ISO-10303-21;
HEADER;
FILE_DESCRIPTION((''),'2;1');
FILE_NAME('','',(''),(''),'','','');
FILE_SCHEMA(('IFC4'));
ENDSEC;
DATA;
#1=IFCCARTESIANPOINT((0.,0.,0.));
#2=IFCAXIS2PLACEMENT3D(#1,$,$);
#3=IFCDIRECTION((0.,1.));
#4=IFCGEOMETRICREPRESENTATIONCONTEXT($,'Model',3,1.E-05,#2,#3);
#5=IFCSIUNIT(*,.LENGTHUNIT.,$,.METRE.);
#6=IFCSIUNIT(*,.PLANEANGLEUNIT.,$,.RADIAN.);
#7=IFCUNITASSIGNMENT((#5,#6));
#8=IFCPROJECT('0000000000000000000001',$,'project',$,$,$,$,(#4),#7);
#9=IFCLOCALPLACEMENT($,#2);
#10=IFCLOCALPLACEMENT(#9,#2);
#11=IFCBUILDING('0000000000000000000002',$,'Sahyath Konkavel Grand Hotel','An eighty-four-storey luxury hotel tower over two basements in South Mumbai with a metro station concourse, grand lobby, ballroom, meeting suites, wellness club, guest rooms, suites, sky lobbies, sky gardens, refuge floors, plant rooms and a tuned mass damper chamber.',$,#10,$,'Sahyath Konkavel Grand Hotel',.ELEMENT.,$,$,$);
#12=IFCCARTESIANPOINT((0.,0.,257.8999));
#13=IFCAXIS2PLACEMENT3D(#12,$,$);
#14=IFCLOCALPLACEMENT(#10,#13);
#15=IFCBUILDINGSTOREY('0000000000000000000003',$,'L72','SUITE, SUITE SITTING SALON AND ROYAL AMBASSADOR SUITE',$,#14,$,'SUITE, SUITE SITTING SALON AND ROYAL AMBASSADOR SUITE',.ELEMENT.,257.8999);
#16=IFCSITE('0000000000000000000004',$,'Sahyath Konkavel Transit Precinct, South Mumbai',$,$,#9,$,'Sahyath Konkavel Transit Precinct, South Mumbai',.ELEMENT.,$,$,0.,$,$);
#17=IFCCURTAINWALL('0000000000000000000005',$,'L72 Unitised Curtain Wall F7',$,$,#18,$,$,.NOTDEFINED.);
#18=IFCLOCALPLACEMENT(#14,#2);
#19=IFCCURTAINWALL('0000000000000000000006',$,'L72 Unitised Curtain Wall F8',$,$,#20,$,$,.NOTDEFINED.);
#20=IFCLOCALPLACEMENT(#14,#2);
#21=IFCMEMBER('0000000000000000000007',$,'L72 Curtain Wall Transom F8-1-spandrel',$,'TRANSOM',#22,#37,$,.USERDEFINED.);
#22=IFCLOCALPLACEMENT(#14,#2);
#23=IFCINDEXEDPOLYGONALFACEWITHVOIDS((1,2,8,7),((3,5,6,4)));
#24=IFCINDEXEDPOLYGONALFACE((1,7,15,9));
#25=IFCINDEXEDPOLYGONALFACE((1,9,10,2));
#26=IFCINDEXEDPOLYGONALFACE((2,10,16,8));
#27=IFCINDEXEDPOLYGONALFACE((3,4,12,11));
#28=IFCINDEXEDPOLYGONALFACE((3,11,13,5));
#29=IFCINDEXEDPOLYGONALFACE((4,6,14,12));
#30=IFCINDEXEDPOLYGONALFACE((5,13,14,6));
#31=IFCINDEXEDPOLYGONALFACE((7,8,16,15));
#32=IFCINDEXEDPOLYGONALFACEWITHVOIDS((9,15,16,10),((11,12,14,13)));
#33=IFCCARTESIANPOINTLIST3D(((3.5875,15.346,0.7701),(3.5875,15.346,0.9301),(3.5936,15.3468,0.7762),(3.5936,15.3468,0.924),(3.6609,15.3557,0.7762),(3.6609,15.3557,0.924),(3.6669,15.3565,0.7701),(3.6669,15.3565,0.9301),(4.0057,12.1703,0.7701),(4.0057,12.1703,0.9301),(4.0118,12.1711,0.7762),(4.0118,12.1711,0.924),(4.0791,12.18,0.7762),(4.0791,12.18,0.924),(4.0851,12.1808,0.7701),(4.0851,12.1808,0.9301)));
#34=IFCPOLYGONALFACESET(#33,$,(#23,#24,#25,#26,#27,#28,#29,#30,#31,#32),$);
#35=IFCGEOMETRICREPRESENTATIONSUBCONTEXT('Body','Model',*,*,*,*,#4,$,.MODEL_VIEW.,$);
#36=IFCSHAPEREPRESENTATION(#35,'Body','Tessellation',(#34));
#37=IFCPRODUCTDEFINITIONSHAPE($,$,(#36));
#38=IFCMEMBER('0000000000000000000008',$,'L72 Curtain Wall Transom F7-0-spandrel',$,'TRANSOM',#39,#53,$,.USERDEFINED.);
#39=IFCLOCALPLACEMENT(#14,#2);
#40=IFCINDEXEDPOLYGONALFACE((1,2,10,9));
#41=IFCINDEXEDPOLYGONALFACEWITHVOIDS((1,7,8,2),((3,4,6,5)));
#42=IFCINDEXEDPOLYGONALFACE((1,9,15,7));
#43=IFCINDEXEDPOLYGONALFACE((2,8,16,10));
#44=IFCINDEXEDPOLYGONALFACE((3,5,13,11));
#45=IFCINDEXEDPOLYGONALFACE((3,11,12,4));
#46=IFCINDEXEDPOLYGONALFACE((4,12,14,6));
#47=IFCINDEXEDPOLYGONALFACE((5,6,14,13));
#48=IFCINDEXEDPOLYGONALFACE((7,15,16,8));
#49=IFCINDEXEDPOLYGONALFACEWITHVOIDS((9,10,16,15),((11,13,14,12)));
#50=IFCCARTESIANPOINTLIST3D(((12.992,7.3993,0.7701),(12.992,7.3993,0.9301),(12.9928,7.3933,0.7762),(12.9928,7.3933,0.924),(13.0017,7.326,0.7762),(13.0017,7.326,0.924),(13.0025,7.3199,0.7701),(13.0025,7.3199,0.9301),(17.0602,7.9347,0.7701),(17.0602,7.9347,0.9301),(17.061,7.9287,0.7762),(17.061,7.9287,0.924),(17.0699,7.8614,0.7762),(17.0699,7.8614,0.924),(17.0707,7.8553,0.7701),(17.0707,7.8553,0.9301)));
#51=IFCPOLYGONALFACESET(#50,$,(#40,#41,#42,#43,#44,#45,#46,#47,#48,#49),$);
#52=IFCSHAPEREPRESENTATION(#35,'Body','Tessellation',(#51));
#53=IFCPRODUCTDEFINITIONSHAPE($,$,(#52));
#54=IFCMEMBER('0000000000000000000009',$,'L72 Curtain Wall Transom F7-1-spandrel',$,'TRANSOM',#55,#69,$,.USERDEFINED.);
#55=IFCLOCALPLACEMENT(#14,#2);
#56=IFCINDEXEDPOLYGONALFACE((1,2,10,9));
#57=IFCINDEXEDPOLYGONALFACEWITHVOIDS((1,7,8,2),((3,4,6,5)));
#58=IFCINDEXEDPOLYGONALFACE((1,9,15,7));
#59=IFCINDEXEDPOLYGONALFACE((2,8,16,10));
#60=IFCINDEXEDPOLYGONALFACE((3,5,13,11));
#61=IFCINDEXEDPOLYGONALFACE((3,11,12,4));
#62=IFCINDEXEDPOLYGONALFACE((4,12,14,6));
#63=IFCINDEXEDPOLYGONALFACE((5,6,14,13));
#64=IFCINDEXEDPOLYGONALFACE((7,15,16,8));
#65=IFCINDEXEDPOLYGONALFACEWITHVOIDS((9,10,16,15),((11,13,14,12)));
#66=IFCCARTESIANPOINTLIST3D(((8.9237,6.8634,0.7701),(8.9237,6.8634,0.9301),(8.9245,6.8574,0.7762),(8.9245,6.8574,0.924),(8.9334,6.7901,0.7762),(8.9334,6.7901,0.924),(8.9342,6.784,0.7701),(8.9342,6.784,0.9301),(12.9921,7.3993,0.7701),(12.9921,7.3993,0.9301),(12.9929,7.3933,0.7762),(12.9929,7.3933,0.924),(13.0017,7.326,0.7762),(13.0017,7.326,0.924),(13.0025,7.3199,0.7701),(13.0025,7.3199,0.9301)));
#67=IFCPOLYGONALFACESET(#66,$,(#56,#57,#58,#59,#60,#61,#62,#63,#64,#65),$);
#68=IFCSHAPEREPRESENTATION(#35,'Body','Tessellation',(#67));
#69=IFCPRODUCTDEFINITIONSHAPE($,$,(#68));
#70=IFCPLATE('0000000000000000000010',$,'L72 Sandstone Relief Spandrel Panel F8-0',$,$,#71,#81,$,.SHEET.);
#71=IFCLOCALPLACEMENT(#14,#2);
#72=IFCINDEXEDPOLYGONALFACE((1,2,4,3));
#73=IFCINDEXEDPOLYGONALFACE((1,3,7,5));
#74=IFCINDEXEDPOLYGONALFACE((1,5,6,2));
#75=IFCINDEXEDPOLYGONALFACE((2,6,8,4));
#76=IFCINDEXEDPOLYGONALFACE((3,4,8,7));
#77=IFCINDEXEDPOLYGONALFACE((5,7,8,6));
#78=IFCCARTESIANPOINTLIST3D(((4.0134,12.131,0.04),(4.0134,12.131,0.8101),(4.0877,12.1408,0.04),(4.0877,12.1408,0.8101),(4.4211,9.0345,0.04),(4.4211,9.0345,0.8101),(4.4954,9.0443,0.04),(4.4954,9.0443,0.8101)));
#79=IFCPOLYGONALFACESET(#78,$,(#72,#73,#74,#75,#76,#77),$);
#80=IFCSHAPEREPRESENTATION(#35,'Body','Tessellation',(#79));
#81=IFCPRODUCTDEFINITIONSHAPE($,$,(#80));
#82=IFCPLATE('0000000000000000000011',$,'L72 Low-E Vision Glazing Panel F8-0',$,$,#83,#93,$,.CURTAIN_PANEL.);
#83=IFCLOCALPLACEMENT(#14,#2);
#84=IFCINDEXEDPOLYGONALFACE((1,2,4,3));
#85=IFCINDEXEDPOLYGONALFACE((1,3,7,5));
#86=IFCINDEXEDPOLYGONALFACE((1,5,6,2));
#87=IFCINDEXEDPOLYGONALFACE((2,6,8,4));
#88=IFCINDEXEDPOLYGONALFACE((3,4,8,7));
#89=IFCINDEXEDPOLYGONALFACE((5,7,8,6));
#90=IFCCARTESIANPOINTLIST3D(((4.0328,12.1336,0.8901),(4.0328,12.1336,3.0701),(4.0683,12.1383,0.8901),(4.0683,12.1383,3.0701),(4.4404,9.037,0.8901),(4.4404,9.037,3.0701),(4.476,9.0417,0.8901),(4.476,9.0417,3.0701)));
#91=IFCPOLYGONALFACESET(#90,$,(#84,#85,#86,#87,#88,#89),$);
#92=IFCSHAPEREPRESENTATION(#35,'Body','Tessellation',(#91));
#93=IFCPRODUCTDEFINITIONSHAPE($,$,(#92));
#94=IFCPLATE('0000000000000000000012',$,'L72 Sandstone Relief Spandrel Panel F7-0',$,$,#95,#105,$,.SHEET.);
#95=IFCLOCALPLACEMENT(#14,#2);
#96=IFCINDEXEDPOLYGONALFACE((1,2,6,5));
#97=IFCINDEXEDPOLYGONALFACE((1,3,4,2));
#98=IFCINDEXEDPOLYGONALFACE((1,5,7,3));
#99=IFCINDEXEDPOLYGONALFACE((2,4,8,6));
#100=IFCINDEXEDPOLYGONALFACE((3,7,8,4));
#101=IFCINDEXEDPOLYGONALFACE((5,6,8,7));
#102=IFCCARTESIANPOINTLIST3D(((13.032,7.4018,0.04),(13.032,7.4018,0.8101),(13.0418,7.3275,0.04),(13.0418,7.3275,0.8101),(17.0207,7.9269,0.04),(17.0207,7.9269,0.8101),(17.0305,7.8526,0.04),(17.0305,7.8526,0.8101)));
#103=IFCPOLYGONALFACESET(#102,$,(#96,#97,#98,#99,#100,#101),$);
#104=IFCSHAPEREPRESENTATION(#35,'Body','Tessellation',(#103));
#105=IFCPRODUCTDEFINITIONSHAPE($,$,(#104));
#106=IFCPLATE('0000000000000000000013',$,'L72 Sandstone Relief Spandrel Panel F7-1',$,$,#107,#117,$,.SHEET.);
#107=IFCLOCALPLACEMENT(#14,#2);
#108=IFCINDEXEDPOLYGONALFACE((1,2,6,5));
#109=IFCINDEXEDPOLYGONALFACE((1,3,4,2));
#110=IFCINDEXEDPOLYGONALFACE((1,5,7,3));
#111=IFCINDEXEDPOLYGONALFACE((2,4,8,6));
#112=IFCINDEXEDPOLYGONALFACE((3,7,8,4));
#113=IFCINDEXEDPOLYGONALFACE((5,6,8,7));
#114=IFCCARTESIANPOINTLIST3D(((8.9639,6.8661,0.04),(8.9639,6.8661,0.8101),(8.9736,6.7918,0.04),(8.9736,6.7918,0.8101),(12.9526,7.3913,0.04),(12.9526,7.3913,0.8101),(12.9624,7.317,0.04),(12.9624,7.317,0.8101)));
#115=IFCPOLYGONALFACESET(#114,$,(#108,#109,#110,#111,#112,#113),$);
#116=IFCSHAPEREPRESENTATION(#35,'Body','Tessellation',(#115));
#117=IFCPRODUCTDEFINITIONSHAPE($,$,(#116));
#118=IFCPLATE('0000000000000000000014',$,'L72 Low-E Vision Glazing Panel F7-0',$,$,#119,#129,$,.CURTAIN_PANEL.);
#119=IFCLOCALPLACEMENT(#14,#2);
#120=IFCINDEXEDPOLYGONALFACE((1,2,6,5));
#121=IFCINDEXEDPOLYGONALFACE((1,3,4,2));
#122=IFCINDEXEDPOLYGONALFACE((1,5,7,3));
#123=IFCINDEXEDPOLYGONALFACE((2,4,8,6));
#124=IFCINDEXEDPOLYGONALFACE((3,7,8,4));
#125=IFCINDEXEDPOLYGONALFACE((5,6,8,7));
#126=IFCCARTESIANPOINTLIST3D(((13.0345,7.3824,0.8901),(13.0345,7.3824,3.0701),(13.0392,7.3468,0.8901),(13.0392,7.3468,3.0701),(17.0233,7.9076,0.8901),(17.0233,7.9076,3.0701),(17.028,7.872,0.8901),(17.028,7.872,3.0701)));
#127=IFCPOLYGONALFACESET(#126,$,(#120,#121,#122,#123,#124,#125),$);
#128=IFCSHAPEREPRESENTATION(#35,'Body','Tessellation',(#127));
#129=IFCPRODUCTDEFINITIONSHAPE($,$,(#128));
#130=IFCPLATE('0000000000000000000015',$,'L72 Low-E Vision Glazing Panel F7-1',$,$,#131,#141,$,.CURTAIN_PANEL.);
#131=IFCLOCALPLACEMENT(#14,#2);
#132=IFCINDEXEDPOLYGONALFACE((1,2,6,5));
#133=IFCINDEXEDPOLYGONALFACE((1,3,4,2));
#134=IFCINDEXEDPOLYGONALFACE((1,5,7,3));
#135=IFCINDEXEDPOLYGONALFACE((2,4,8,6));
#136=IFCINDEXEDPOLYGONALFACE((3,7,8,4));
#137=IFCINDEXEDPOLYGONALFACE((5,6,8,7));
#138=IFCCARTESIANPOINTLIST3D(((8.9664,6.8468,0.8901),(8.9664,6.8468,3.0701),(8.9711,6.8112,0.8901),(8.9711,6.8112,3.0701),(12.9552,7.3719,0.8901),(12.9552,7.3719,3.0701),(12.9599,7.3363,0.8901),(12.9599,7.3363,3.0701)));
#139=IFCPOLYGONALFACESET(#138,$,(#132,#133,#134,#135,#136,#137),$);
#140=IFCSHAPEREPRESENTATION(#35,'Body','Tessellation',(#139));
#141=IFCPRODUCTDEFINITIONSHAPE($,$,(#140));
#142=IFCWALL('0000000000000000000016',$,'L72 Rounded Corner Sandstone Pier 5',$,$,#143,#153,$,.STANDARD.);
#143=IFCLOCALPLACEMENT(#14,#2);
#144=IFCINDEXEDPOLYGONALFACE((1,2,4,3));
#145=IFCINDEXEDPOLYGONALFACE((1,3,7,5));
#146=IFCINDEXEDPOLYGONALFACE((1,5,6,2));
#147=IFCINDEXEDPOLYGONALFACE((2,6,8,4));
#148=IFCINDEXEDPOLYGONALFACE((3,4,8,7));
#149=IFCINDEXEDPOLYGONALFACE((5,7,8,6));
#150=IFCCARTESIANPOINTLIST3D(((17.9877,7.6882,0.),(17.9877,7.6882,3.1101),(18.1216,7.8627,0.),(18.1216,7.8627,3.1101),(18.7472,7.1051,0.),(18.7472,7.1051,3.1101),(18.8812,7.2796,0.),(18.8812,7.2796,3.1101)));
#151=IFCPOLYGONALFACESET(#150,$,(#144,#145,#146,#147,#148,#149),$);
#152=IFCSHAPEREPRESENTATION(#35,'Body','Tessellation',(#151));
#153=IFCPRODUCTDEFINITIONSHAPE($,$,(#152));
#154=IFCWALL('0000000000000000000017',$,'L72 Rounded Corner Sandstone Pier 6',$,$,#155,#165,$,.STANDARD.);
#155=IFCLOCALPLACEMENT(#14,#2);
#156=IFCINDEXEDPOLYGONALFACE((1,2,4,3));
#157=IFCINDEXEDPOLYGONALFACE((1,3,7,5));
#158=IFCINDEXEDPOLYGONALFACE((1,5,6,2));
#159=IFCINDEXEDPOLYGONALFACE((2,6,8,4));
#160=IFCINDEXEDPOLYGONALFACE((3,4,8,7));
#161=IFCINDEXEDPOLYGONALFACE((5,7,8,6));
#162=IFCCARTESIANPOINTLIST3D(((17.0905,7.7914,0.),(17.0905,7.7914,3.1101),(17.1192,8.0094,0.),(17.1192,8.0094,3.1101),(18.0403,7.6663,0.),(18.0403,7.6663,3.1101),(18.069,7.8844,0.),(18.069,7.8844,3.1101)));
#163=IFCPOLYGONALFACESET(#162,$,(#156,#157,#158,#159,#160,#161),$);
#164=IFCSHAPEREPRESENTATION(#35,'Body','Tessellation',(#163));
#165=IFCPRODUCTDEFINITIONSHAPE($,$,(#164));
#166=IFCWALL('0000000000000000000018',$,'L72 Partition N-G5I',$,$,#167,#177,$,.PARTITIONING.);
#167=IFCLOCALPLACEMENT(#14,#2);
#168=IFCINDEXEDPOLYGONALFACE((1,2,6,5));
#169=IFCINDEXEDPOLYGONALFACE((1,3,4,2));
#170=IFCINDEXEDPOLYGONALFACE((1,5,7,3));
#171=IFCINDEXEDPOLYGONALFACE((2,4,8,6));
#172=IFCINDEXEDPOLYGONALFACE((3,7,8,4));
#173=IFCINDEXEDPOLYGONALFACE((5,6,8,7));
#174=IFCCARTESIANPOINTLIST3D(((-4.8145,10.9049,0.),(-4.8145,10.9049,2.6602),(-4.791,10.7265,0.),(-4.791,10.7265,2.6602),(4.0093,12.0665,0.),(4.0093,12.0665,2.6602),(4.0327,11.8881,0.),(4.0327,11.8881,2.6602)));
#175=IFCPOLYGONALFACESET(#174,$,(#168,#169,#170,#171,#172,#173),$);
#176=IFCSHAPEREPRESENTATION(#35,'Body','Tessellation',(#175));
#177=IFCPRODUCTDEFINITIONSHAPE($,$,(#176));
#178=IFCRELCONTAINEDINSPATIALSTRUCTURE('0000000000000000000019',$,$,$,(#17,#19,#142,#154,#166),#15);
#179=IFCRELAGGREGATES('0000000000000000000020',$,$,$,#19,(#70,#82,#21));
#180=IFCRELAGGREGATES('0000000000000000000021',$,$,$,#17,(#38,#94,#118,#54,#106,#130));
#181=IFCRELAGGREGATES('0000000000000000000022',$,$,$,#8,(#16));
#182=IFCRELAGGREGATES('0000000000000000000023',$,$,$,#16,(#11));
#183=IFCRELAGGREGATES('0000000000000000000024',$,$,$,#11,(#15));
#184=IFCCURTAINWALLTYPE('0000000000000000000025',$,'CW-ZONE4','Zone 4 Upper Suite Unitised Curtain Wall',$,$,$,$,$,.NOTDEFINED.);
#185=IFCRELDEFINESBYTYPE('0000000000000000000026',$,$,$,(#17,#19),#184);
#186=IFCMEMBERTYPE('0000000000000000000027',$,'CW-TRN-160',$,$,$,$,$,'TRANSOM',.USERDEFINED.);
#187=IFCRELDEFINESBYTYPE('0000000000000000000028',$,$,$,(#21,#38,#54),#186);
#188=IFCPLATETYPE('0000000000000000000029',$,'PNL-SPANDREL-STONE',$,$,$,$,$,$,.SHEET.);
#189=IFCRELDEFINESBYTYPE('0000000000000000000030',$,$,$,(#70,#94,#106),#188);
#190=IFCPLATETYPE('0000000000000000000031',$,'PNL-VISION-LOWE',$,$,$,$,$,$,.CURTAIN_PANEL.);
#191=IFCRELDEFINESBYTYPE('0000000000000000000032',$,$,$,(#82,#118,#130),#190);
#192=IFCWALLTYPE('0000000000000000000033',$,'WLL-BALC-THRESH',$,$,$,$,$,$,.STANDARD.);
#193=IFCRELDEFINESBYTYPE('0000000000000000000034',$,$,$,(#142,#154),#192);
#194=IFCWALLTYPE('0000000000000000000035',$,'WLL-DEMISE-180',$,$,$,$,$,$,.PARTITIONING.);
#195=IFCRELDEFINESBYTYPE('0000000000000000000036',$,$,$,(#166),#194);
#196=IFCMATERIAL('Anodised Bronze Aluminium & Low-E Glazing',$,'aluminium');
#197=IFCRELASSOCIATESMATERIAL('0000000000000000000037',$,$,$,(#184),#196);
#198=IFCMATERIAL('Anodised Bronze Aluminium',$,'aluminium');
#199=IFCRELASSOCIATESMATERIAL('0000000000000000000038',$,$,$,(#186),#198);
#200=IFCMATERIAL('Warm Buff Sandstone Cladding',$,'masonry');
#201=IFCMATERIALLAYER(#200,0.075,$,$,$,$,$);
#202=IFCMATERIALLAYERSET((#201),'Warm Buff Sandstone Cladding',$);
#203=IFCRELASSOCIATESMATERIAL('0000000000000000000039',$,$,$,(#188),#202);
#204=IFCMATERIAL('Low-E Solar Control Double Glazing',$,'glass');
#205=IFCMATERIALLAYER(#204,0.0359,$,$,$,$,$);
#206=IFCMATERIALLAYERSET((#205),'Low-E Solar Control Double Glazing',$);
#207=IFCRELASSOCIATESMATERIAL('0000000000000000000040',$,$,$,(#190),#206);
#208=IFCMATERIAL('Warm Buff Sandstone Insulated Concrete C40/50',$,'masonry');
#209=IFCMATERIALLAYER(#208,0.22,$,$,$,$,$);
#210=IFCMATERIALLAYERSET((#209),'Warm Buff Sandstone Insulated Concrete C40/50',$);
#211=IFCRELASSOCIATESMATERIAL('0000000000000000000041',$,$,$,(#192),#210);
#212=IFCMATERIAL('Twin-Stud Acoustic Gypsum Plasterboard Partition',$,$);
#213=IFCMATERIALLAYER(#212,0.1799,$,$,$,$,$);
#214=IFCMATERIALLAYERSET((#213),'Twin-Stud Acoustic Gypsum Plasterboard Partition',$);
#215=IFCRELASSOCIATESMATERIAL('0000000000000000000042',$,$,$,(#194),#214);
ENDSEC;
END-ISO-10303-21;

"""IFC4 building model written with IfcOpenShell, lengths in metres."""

from ifc_helpers import new_model, si_unit, direction, frame, frame_2d, origin, origin_2d, place, context, subcontext, project, spatial, rectangle, hollow_rectangle, extrude, source, transform, mapped, material, layer, layer_set, material_profile, profile_set, type_object, element, aggregate, save


model = new_model("IFC4")

# Units and contexts
model_context = context("Model", 3, precision=1e-05, world=origin(), true_north=direction((0.0, 1.0)))
body_context = subcontext(model_context, "Body", "Model", "MODEL_VIEW")
ifc_project = project(units=[si_unit("LENGTHUNIT", "METRE"), si_unit("PLANEANGLEUNIT", "RADIAN")], contexts=[model_context])

# Site, building, storey
site_placement = place(None, origin())
site = spatial("IfcSite", under=ifc_project, at=site_placement, Name="Sahyath Konkavel Transit Precinct, South Mumbai", LongName="Sahyath Konkavel Transit Precinct, South Mumbai", CompositionType="ELEMENT", RefElevation=0.0)
building_placement = place(site_placement, origin())
building = spatial("IfcBuilding", under=site, at=building_placement, Name="Sahyath Konkavel Grand Hotel", Description="An eighty-four-storey luxury hotel tower over two basements in South Mumbai with a metro station concourse, grand lobby, ballroom, meeting suites, wellness club, guest rooms, suites, sky lobbies, sky gardens, refuge floors, plant rooms and a tuned mass damper chamber.", LongName="Sahyath Konkavel Grand Hotel", CompositionType="ELEMENT")
storey_placement = place(building_placement, frame((0.0, 0.0, 257.8999)))
storey = spatial("IfcBuildingStorey", under=building, at=storey_placement, Name="L72", Description="SUITE, SUITE SITTING SALON AND ROYAL AMBASSADOR SUITE", LongName="SUITE, SUITE SITTING SALON AND ROYAL AMBASSADOR SUITE", CompositionType="ELEMENT", Elevation=257.8999)

# Curtain walls
ifc_material_1 = material(Name="Anodised Bronze Aluminium & Low-E Glazing", Category="aluminium")
curtain_wall_type = type_object("IfcCurtainWallType", Name="CW-ZONE4", Description="Zone 4 Upper Suite Unitised Curtain Wall", PredefinedType="NOTDEFINED", material=ifc_material_1)
curtain_wall_1_placement = place(storey_placement, origin())
curtain_wall_1 = element("IfcCurtainWall", 1, at=curtain_wall_1_placement, inside=storey, type_object=curtain_wall_type, Name="L72 Unitised Curtain Wall F7", PredefinedType="NOTDEFINED")
curtain_wall_2_placement = place(storey_placement, origin())
curtain_wall_2 = element("IfcCurtainWall", 2, at=curtain_wall_2_placement, inside=storey, type_object=curtain_wall_type, Name="L72 Unitised Curtain Wall F8", PredefinedType="NOTDEFINED")
ifc_material_2 = material(Name="Anodised Bronze Aluminium", Category="aluminium")

# Members
ifc_material_profile_1 = material_profile(ifc_material_2, hollow_rectangle(XDim=0.0801, YDim=0.1599, WallThickness=0.0061, at=origin_2d()), Name="RHS 160x80x6")
ifc_profile_set_1 = profile_set([ifc_material_profile_1], Name="Anodised Bronze Aluminium")
member_type_1 = type_object("IfcMemberType", Name="CW-TRN-160", ElementType="TRANSOM", PredefinedType="USERDEFINED", material=ifc_profile_set_1)
shared_shape_1 = source(origin(), body_context, "Body", "SweptSolid", [
    extrude(hollow_rectangle(XDim=0.0801, YDim=0.1599, WallThickness=0.0061, at=origin_2d()), origin(), (0.0, 0.0, 1.0), 3.2031),
])
member_1_placement = place(storey_placement, frame((4.0454, 12.1755, 0.8501), z_axis=(-0.130561, 0.99144, 0.0), x_axis=(-0.99144, -0.130561, 0.0)))
member_1 = element("IfcMember", 3, at=member_1_placement, type_object=member_type_1, Name="L72 Curtain Wall Transom F8-1-spandrel", ObjectType="TRANSOM", PredefinedType="USERDEFINED", context=body_context, shape_type="MappedRepresentation", body=[
    mapped(shared_shape_1, transform((0.0, 0.0, 0.0), scale=1.0)),
])
shared_shape_2 = source(origin(), body_context, "Body", "SweptSolid", [
    extrude(hollow_rectangle(XDim=0.0801, YDim=0.1599, WallThickness=0.0061, at=origin_2d()), origin(), (0.0, 0.0, 1.0), 4.1033),
])
member_2_placement = place(storey_placement, frame((17.0654, 7.895, 0.8501), z_axis=(-0.99145, -0.130484, 0.0), x_axis=(0.130484, -0.99145, 0.0)))
member_2 = element("IfcMember", 4, at=member_2_placement, type_object=member_type_1, Name="L72 Curtain Wall Transom F7-0-spandrel", ObjectType="TRANSOM", PredefinedType="USERDEFINED", context=body_context, shape_type="MappedRepresentation", body=[
    mapped(shared_shape_2, transform((0.0, 0.0, 0.0), scale=1.0)),
])
shared_shape_3 = source(origin(), body_context, "Body", "SweptSolid", [
    extrude(hollow_rectangle(XDim=0.0801, YDim=0.1599, WallThickness=0.0061, at=origin_2d()), origin(), (0.0, 0.0, 1.0), 4.1035),
])
member_3_placement = place(storey_placement, frame((12.9973, 7.3596, 0.8501), z_axis=(-0.991436, -0.130593, 0.0), x_axis=(0.130593, -0.991436, 0.0)))
member_3 = element("IfcMember", 5, at=member_3_placement, type_object=member_type_1, Name="L72 Curtain Wall Transom F7-1-spandrel", ObjectType="TRANSOM", PredefinedType="USERDEFINED", context=body_context, shape_type="MappedRepresentation", body=[
    mapped(shared_shape_3, transform((0.0, 0.0, 0.0), scale=1.0)),
])

# Plates
ifc_material_3 = material(Name="Warm Buff Sandstone Cladding", Category="masonry")
ifc_layer_1 = layer(ifc_material_3, 0.075)
ifc_layer_set_1 = layer_set([ifc_layer_1], Name="Warm Buff Sandstone Cladding")
plate_type_1 = type_object("IfcPlateType", Name="PNL-SPANDREL-STONE", PredefinedType="SHEET", material=ifc_layer_set_1)
shared_shape_4 = source(origin(), body_context, "Body", "SweptSolid", [
    extrude(rectangle(XDim=3.1233, YDim=0.075, at=origin_2d()), origin(), (0.0, 0.0, 1.0), 0.77),
])
plate_1_placement = place(storey_placement, frame((4.2544, 10.5876, 0.04), z_axis=(0.0, 0.0, 1.0), x_axis=(-0.130526, 0.991445, 0.0)))
plate_1 = element("IfcPlate", 6, at=plate_1_placement, type_object=plate_type_1, Name="L72 Sandstone Relief Spandrel Panel F8-0", PredefinedType="SHEET", context=body_context, shape_type="MappedRepresentation", body=[
    mapped(shared_shape_4, transform((0.0, 0.0, 0.0), scale=1.0)),
])
ifc_material_4 = material(Name="Low-E Solar Control Double Glazing", Category="glass")
ifc_layer_2 = layer(ifc_material_4, 0.0359)
ifc_layer_set_2 = layer_set([ifc_layer_2], Name="Low-E Solar Control Double Glazing")
plate_type_2 = type_object("IfcPlateType", Name="PNL-VISION-LOWE", PredefinedType="CURTAIN_PANEL", material=ifc_layer_set_2)
shared_shape_5 = source(origin(), body_context, "Body", "SweptSolid", [
    extrude(rectangle(XDim=3.1233, YDim=0.0359, at=origin_2d()), origin(), (0.0, 0.0, 1.0), 2.1799),
])
plate_2_placement = place(storey_placement, frame((4.2544, 10.5876, 0.8901), z_axis=(0.0, 0.0, 1.0), x_axis=(-0.130526, 0.991445, 0.0)))
plate_2 = element("IfcPlate", 7, at=plate_2_placement, type_object=plate_type_2, Name="L72 Low-E Vision Glazing Panel F8-0", PredefinedType="CURTAIN_PANEL", context=body_context, shape_type="MappedRepresentation", body=[
    mapped(shared_shape_5, transform((0.0, 0.0, 0.0), scale=1.0)),
])
aggregate(curtain_wall_2, [plate_1, plate_2, member_1])
shared_shape_6 = source(origin(), body_context, "Body", "SweptSolid", [
    extrude(rectangle(XDim=4.0232, YDim=0.075, at=origin_2d()), origin(), (0.0, 0.0, 1.0), 0.77),
])
plate_3_placement = place(storey_placement, frame((15.0312, 7.6272, 0.04), z_axis=(0.0, 0.0, 1.0), x_axis=(-0.991445, -0.130526, 0.0)))
plate_3 = element("IfcPlate", 8, at=plate_3_placement, type_object=plate_type_1, Name="L72 Sandstone Relief Spandrel Panel F7-0", PredefinedType="SHEET", context=body_context, shape_type="MappedRepresentation", body=[
    mapped(shared_shape_6, transform((0.0, 0.0, 0.0), scale=1.0)),
])
plate_4_placement = place(storey_placement, frame((10.9631, 7.0916, 0.04), z_axis=(0.0, 0.0, 1.0), x_axis=(-0.991445, -0.130526, 0.0)))
plate_4 = element("IfcPlate", 9, at=plate_4_placement, type_object=plate_type_1, Name="L72 Sandstone Relief Spandrel Panel F7-1", PredefinedType="SHEET", context=body_context, shape_type="MappedRepresentation", body=[
    mapped(shared_shape_6, transform((0.0, 0.0, 0.0), scale=1.0)),
])
shared_shape_7 = source(origin(), body_context, "Body", "SweptSolid", [
    extrude(rectangle(XDim=4.0232, YDim=0.0359, at=origin_2d()), origin(), (0.0, 0.0, 1.0), 2.1799),
])
plate_5_placement = place(storey_placement, frame((15.0312, 7.6272, 0.8901), z_axis=(0.0, 0.0, 1.0), x_axis=(-0.991445, -0.130526, 0.0)))
plate_5 = element("IfcPlate", 10, at=plate_5_placement, type_object=plate_type_2, Name="L72 Low-E Vision Glazing Panel F7-0", PredefinedType="CURTAIN_PANEL", context=body_context, shape_type="MappedRepresentation", body=[
    mapped(shared_shape_7, transform((0.0, 0.0, 0.0), scale=1.0)),
])
plate_6_placement = place(storey_placement, frame((10.9631, 7.0916, 0.8901), z_axis=(0.0, 0.0, 1.0), x_axis=(-0.991445, -0.130526, 0.0)))
plate_6 = element("IfcPlate", 11, at=plate_6_placement, type_object=plate_type_2, Name="L72 Low-E Vision Glazing Panel F7-1", PredefinedType="CURTAIN_PANEL", context=body_context, shape_type="MappedRepresentation", body=[
    mapped(shared_shape_7, transform((0.0, 0.0, 0.0), scale=1.0)),
])
aggregate(curtain_wall_1, [member_2, plate_3, plate_5, member_3, plate_4, plate_6])

# Walls
ifc_material_5 = material(Name="Warm Buff Sandstone Insulated Concrete C40/50", Category="masonry")
ifc_layer_3 = layer(ifc_material_5, 0.22)
ifc_layer_set_3 = layer_set([ifc_layer_3], Name="Warm Buff Sandstone Insulated Concrete C40/50")
wall_type_1 = type_object("IfcWallType", Name="WLL-BALC-THRESH", PredefinedType="STANDARD", material=ifc_layer_set_3)
wall_1_placement = place(storey_placement, frame((18.8142, 7.1924, 0.0), z_axis=(0.0, 0.0, 1.0), x_axis=(-0.793249, 0.608897, 0.0)))
element("IfcWall", 12, at=wall_1_placement, inside=storey, type_object=wall_type_1, Name="L72 Rounded Corner Sandstone Pier 5", PredefinedType="STANDARD", context=body_context, shape_type="SweptSolid", body=[
    extrude(rectangle(XDim=0.9575, YDim=0.22, at=frame_2d((0.4788, 0.0))), origin(), (0.0, 0.0, 1.0), 3.1101),
])
wall_2_placement = place(storey_placement, frame((18.0547, 7.7754, 0.0), z_axis=(0.0, 0.0, 1.0), x_axis=(-0.991449, 0.130494, 0.0)))
element("IfcWall", 13, at=wall_2_placement, inside=storey, type_object=wall_type_1, Name="L72 Rounded Corner Sandstone Pier 6", PredefinedType="STANDARD", context=body_context, shape_type="SweptSolid", body=[
    extrude(rectangle(XDim=0.958, YDim=0.22, at=frame_2d((0.479, 0.0))), origin(), (0.0, 0.0, 1.0), 3.1101),
])
ifc_material_6 = material(Name="Twin-Stud Acoustic Gypsum Plasterboard Partition")
ifc_layer_4 = layer(ifc_material_6, 0.1799)
ifc_layer_set_4 = layer_set([ifc_layer_4], Name="Twin-Stud Acoustic Gypsum Plasterboard Partition")
wall_type_2 = type_object("IfcWallType", Name="WLL-DEMISE-180", PredefinedType="PARTITIONING", material=ifc_layer_set_4)
wall_3_placement = place(storey_placement, frame((4.021, 11.9773, 0.0), z_axis=(0.0, 0.0, 1.0), x_axis=(-0.991446, -0.130521, 0.0)))
element("IfcWall", 14, at=wall_3_placement, inside=storey, type_object=wall_type_2, Name="L72 Partition N-G5I", PredefinedType="PARTITIONING", context=body_context, shape_type="SweptSolid", body=[
    extrude(rectangle(XDim=8.8999, YDim=0.1799, at=frame_2d((4.45, 0.0))), origin(), (0.0, 0.0, 1.0), 2.6602),
])

save(model, "model.ifc")
